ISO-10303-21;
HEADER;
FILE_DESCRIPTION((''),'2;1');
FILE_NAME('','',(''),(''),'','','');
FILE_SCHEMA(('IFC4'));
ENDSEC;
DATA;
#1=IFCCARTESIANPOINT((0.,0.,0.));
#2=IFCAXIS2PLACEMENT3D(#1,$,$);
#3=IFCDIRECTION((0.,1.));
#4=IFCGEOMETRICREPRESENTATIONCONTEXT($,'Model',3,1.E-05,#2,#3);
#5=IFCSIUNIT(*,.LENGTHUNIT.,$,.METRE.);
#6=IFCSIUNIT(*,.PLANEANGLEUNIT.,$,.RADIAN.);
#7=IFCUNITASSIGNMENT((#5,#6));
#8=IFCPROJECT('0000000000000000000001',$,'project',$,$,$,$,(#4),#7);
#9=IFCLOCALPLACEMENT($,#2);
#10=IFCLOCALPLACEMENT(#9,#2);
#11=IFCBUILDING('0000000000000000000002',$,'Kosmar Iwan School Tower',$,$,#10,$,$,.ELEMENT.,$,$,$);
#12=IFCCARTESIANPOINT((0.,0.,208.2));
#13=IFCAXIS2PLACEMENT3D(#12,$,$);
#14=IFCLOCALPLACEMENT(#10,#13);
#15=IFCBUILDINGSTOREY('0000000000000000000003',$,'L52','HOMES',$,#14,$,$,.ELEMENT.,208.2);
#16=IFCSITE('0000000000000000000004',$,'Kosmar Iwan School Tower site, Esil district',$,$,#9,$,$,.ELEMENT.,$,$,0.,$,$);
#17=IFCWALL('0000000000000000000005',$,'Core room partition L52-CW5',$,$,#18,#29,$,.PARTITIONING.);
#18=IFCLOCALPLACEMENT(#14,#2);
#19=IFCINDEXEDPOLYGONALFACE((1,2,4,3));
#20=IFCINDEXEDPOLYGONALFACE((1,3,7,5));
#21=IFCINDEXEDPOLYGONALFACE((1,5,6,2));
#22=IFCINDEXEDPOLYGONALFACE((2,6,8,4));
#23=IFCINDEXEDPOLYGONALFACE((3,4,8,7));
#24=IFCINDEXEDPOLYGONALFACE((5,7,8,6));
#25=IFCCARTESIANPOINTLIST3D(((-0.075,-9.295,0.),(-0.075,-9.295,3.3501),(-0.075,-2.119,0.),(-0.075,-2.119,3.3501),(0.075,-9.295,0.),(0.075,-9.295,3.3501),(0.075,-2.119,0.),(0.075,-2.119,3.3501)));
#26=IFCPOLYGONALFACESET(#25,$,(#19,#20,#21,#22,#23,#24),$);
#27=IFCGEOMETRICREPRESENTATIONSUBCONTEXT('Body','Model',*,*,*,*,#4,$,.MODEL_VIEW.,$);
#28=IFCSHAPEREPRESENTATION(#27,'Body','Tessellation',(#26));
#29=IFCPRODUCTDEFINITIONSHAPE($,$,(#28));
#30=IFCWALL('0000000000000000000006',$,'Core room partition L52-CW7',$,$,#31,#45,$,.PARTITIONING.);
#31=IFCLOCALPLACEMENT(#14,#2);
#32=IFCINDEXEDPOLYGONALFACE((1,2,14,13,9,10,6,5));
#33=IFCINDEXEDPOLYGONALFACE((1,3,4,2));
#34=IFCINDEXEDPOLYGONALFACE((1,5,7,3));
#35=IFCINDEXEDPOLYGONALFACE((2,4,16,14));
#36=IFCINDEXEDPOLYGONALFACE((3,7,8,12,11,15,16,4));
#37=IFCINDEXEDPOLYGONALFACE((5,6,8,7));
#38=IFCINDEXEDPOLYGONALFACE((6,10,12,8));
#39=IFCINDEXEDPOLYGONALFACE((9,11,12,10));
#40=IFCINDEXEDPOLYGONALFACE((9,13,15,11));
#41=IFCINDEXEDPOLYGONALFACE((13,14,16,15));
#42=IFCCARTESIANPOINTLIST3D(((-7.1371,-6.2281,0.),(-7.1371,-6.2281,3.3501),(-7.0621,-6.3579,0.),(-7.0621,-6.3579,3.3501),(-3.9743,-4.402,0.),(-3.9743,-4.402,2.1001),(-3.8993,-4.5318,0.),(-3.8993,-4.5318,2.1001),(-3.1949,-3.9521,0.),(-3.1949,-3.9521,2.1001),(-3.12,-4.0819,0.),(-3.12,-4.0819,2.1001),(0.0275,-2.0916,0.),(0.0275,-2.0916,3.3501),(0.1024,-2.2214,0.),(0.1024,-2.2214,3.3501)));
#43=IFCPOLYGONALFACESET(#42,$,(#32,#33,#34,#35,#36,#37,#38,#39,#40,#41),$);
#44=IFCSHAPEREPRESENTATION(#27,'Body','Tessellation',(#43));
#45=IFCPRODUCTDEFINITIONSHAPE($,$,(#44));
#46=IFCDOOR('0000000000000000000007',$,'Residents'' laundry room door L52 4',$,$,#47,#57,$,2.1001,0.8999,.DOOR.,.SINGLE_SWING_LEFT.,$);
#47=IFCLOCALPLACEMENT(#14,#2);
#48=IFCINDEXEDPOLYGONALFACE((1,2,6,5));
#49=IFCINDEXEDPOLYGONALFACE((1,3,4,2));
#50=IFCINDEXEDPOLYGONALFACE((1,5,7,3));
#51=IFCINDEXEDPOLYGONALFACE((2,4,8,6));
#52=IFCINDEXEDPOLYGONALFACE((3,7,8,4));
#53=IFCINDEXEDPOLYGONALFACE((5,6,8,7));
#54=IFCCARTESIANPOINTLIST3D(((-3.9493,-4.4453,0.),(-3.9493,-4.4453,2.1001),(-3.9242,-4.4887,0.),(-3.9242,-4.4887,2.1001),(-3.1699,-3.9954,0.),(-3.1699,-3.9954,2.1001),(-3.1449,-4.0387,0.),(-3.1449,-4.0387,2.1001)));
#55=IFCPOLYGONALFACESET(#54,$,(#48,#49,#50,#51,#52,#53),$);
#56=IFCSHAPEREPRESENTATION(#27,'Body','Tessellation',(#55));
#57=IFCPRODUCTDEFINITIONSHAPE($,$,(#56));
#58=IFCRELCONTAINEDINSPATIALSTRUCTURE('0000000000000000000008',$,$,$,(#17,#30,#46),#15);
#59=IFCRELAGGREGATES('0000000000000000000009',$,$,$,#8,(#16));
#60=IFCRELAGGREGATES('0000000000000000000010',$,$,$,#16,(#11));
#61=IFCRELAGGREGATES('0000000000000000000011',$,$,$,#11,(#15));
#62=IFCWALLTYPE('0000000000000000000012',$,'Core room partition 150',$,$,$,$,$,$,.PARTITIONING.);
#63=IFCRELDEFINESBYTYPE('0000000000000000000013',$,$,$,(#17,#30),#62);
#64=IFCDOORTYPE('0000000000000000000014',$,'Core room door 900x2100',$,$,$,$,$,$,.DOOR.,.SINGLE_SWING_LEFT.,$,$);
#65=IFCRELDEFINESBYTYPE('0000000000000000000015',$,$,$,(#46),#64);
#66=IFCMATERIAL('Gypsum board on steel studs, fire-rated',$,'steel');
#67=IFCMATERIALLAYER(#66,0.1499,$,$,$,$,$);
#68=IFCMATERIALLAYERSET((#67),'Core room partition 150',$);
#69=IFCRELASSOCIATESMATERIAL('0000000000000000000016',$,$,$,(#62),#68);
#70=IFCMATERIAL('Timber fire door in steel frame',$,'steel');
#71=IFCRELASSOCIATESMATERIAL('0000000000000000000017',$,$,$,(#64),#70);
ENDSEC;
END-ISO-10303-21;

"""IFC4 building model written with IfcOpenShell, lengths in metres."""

from ifc_helpers import new_model, si_unit, direction, frame, frame_2d, origin, place, context, subcontext, project, spatial, rectangle, extrude, material, layer, layer_set, type_object, element, fill, save


model = new_model("IFC4")

# Units and contexts
model_context = context("Model", 3, precision=1e-05, world=origin(), true_north=direction((0.0, 1.0)))
body_context = subcontext(model_context, "Body", "Model", "MODEL_VIEW")
ifc_project = project(units=[si_unit("LENGTHUNIT", "METRE"), si_unit("PLANEANGLEUNIT", "RADIAN")], contexts=[model_context])

# Site, building, storey
site_placement = place(None, origin())
site = spatial("IfcSite", under=ifc_project, at=site_placement, Name="Kosmar Iwan School Tower site, Esil district", CompositionType="ELEMENT", RefElevation=0.0)
building_placement = place(site_placement, origin())
building = spatial("IfcBuilding", under=site, at=building_placement, Name="Kosmar Iwan School Tower", CompositionType="ELEMENT")
storey_placement = place(building_placement, frame((0.0, 0.0, 208.2)))
storey = spatial("IfcBuildingStorey", under=building, at=storey_placement, Name="L52", Description="HOMES", CompositionType="ELEMENT", Elevation=208.2)

# Wall
ifc_material_1 = material(Name="Gypsum board on steel studs, fire-rated", Category="steel")
ifc_layer_1 = layer(ifc_material_1, 0.1499)
ifc_layer_set_1 = layer_set([ifc_layer_1], Name="Core room partition 150")
wall_type_1 = type_object("IfcWallType", Name="Core room partition 150", PredefinedType="PARTITIONING", material=ifc_layer_set_1)
wall_1_placement = place(storey_placement, frame((0.0, -9.2949, 0.0), z_axis=(0.0, 0.0, 1.0), x_axis=(0.0, 1.0, 0.0)))
element("IfcWall", 1, at=wall_1_placement, inside=storey, type_object=wall_type_1, Name="Core room partition L52-CW5", PredefinedType="PARTITIONING", context=body_context, shape_type="SweptSolid", body=[
    extrude(rectangle(XDim=7.176, YDim=0.1499, at=frame_2d((3.5879, 0.0))), origin(), (0.0, 0.0, 1.0), 3.3501),
])

# Wall, opening, door
wall_2_placement = place(storey_placement, frame((-7.0996, -6.293, 0.0), z_axis=(0.0, 0.0, 1.0), x_axis=(0.866024, 0.500002, 0.0)))
wall_2 = element("IfcWall", 2, at=wall_2_placement, inside=storey, type_object=wall_type_1, Name="Core room partition L52-CW7", PredefinedType="PARTITIONING", context=body_context, shape_type="SweptSolid", body=[
    extrude(rectangle(XDim=8.2729, YDim=0.1499, at=frame_2d((4.1365, 0.0))), origin(), (0.0, 0.0, 1.0), 3.3501),
])
opening_1_placement = place(wall_2_placement, frame((3.6521, 0.0, 0.0)))
opening_1 = element("IfcOpeningElement", 3, at=opening_1_placement, cuts=wall_2, PredefinedType="OPENING", context=body_context, shape_type="SweptSolid", body=[
    extrude(rectangle(XDim=0.8999, YDim=2.1001, at=frame_2d((0.45, 1.05))), frame((0.0, 0.0869, 0.0), z_axis=(0.0, -1.0, 0.0), x_axis=(1.0, 0.0, 0.0)), (0.0, 0.0, 1.0), 0.1738),
])
ifc_material_2 = material(Name="Timber fire door in steel frame", Category="steel")
door_type_1 = type_object("IfcDoorType", Name="Core room door 900x2100", OperationType="SINGLE_SWING_LEFT", PredefinedType="DOOR", material=ifc_material_2)
door_1_placement = place(opening_1_placement, origin())
door_1 = element("IfcDoor", 4, at=door_1_placement, inside=storey, type_object=door_type_1, Name="Residents' laundry room door L52 4", OperationType="SINGLE_SWING_LEFT", OverallHeight=2.1001, OverallWidth=0.8999, PredefinedType="DOOR", context=body_context, shape_type="SweptSolid", body=[
    extrude(rectangle(XDim=0.8999, YDim=2.1001, at=frame_2d((0.45, 1.05))), frame((0.0, 0.0249, 0.0), z_axis=(0.0, -1.0, 0.0), x_axis=(1.0, 0.0, 0.0)), (0.0, 0.0, 1.0), 0.05),
])
fill(opening_1, door_1)

save(model, "model.ifc")
